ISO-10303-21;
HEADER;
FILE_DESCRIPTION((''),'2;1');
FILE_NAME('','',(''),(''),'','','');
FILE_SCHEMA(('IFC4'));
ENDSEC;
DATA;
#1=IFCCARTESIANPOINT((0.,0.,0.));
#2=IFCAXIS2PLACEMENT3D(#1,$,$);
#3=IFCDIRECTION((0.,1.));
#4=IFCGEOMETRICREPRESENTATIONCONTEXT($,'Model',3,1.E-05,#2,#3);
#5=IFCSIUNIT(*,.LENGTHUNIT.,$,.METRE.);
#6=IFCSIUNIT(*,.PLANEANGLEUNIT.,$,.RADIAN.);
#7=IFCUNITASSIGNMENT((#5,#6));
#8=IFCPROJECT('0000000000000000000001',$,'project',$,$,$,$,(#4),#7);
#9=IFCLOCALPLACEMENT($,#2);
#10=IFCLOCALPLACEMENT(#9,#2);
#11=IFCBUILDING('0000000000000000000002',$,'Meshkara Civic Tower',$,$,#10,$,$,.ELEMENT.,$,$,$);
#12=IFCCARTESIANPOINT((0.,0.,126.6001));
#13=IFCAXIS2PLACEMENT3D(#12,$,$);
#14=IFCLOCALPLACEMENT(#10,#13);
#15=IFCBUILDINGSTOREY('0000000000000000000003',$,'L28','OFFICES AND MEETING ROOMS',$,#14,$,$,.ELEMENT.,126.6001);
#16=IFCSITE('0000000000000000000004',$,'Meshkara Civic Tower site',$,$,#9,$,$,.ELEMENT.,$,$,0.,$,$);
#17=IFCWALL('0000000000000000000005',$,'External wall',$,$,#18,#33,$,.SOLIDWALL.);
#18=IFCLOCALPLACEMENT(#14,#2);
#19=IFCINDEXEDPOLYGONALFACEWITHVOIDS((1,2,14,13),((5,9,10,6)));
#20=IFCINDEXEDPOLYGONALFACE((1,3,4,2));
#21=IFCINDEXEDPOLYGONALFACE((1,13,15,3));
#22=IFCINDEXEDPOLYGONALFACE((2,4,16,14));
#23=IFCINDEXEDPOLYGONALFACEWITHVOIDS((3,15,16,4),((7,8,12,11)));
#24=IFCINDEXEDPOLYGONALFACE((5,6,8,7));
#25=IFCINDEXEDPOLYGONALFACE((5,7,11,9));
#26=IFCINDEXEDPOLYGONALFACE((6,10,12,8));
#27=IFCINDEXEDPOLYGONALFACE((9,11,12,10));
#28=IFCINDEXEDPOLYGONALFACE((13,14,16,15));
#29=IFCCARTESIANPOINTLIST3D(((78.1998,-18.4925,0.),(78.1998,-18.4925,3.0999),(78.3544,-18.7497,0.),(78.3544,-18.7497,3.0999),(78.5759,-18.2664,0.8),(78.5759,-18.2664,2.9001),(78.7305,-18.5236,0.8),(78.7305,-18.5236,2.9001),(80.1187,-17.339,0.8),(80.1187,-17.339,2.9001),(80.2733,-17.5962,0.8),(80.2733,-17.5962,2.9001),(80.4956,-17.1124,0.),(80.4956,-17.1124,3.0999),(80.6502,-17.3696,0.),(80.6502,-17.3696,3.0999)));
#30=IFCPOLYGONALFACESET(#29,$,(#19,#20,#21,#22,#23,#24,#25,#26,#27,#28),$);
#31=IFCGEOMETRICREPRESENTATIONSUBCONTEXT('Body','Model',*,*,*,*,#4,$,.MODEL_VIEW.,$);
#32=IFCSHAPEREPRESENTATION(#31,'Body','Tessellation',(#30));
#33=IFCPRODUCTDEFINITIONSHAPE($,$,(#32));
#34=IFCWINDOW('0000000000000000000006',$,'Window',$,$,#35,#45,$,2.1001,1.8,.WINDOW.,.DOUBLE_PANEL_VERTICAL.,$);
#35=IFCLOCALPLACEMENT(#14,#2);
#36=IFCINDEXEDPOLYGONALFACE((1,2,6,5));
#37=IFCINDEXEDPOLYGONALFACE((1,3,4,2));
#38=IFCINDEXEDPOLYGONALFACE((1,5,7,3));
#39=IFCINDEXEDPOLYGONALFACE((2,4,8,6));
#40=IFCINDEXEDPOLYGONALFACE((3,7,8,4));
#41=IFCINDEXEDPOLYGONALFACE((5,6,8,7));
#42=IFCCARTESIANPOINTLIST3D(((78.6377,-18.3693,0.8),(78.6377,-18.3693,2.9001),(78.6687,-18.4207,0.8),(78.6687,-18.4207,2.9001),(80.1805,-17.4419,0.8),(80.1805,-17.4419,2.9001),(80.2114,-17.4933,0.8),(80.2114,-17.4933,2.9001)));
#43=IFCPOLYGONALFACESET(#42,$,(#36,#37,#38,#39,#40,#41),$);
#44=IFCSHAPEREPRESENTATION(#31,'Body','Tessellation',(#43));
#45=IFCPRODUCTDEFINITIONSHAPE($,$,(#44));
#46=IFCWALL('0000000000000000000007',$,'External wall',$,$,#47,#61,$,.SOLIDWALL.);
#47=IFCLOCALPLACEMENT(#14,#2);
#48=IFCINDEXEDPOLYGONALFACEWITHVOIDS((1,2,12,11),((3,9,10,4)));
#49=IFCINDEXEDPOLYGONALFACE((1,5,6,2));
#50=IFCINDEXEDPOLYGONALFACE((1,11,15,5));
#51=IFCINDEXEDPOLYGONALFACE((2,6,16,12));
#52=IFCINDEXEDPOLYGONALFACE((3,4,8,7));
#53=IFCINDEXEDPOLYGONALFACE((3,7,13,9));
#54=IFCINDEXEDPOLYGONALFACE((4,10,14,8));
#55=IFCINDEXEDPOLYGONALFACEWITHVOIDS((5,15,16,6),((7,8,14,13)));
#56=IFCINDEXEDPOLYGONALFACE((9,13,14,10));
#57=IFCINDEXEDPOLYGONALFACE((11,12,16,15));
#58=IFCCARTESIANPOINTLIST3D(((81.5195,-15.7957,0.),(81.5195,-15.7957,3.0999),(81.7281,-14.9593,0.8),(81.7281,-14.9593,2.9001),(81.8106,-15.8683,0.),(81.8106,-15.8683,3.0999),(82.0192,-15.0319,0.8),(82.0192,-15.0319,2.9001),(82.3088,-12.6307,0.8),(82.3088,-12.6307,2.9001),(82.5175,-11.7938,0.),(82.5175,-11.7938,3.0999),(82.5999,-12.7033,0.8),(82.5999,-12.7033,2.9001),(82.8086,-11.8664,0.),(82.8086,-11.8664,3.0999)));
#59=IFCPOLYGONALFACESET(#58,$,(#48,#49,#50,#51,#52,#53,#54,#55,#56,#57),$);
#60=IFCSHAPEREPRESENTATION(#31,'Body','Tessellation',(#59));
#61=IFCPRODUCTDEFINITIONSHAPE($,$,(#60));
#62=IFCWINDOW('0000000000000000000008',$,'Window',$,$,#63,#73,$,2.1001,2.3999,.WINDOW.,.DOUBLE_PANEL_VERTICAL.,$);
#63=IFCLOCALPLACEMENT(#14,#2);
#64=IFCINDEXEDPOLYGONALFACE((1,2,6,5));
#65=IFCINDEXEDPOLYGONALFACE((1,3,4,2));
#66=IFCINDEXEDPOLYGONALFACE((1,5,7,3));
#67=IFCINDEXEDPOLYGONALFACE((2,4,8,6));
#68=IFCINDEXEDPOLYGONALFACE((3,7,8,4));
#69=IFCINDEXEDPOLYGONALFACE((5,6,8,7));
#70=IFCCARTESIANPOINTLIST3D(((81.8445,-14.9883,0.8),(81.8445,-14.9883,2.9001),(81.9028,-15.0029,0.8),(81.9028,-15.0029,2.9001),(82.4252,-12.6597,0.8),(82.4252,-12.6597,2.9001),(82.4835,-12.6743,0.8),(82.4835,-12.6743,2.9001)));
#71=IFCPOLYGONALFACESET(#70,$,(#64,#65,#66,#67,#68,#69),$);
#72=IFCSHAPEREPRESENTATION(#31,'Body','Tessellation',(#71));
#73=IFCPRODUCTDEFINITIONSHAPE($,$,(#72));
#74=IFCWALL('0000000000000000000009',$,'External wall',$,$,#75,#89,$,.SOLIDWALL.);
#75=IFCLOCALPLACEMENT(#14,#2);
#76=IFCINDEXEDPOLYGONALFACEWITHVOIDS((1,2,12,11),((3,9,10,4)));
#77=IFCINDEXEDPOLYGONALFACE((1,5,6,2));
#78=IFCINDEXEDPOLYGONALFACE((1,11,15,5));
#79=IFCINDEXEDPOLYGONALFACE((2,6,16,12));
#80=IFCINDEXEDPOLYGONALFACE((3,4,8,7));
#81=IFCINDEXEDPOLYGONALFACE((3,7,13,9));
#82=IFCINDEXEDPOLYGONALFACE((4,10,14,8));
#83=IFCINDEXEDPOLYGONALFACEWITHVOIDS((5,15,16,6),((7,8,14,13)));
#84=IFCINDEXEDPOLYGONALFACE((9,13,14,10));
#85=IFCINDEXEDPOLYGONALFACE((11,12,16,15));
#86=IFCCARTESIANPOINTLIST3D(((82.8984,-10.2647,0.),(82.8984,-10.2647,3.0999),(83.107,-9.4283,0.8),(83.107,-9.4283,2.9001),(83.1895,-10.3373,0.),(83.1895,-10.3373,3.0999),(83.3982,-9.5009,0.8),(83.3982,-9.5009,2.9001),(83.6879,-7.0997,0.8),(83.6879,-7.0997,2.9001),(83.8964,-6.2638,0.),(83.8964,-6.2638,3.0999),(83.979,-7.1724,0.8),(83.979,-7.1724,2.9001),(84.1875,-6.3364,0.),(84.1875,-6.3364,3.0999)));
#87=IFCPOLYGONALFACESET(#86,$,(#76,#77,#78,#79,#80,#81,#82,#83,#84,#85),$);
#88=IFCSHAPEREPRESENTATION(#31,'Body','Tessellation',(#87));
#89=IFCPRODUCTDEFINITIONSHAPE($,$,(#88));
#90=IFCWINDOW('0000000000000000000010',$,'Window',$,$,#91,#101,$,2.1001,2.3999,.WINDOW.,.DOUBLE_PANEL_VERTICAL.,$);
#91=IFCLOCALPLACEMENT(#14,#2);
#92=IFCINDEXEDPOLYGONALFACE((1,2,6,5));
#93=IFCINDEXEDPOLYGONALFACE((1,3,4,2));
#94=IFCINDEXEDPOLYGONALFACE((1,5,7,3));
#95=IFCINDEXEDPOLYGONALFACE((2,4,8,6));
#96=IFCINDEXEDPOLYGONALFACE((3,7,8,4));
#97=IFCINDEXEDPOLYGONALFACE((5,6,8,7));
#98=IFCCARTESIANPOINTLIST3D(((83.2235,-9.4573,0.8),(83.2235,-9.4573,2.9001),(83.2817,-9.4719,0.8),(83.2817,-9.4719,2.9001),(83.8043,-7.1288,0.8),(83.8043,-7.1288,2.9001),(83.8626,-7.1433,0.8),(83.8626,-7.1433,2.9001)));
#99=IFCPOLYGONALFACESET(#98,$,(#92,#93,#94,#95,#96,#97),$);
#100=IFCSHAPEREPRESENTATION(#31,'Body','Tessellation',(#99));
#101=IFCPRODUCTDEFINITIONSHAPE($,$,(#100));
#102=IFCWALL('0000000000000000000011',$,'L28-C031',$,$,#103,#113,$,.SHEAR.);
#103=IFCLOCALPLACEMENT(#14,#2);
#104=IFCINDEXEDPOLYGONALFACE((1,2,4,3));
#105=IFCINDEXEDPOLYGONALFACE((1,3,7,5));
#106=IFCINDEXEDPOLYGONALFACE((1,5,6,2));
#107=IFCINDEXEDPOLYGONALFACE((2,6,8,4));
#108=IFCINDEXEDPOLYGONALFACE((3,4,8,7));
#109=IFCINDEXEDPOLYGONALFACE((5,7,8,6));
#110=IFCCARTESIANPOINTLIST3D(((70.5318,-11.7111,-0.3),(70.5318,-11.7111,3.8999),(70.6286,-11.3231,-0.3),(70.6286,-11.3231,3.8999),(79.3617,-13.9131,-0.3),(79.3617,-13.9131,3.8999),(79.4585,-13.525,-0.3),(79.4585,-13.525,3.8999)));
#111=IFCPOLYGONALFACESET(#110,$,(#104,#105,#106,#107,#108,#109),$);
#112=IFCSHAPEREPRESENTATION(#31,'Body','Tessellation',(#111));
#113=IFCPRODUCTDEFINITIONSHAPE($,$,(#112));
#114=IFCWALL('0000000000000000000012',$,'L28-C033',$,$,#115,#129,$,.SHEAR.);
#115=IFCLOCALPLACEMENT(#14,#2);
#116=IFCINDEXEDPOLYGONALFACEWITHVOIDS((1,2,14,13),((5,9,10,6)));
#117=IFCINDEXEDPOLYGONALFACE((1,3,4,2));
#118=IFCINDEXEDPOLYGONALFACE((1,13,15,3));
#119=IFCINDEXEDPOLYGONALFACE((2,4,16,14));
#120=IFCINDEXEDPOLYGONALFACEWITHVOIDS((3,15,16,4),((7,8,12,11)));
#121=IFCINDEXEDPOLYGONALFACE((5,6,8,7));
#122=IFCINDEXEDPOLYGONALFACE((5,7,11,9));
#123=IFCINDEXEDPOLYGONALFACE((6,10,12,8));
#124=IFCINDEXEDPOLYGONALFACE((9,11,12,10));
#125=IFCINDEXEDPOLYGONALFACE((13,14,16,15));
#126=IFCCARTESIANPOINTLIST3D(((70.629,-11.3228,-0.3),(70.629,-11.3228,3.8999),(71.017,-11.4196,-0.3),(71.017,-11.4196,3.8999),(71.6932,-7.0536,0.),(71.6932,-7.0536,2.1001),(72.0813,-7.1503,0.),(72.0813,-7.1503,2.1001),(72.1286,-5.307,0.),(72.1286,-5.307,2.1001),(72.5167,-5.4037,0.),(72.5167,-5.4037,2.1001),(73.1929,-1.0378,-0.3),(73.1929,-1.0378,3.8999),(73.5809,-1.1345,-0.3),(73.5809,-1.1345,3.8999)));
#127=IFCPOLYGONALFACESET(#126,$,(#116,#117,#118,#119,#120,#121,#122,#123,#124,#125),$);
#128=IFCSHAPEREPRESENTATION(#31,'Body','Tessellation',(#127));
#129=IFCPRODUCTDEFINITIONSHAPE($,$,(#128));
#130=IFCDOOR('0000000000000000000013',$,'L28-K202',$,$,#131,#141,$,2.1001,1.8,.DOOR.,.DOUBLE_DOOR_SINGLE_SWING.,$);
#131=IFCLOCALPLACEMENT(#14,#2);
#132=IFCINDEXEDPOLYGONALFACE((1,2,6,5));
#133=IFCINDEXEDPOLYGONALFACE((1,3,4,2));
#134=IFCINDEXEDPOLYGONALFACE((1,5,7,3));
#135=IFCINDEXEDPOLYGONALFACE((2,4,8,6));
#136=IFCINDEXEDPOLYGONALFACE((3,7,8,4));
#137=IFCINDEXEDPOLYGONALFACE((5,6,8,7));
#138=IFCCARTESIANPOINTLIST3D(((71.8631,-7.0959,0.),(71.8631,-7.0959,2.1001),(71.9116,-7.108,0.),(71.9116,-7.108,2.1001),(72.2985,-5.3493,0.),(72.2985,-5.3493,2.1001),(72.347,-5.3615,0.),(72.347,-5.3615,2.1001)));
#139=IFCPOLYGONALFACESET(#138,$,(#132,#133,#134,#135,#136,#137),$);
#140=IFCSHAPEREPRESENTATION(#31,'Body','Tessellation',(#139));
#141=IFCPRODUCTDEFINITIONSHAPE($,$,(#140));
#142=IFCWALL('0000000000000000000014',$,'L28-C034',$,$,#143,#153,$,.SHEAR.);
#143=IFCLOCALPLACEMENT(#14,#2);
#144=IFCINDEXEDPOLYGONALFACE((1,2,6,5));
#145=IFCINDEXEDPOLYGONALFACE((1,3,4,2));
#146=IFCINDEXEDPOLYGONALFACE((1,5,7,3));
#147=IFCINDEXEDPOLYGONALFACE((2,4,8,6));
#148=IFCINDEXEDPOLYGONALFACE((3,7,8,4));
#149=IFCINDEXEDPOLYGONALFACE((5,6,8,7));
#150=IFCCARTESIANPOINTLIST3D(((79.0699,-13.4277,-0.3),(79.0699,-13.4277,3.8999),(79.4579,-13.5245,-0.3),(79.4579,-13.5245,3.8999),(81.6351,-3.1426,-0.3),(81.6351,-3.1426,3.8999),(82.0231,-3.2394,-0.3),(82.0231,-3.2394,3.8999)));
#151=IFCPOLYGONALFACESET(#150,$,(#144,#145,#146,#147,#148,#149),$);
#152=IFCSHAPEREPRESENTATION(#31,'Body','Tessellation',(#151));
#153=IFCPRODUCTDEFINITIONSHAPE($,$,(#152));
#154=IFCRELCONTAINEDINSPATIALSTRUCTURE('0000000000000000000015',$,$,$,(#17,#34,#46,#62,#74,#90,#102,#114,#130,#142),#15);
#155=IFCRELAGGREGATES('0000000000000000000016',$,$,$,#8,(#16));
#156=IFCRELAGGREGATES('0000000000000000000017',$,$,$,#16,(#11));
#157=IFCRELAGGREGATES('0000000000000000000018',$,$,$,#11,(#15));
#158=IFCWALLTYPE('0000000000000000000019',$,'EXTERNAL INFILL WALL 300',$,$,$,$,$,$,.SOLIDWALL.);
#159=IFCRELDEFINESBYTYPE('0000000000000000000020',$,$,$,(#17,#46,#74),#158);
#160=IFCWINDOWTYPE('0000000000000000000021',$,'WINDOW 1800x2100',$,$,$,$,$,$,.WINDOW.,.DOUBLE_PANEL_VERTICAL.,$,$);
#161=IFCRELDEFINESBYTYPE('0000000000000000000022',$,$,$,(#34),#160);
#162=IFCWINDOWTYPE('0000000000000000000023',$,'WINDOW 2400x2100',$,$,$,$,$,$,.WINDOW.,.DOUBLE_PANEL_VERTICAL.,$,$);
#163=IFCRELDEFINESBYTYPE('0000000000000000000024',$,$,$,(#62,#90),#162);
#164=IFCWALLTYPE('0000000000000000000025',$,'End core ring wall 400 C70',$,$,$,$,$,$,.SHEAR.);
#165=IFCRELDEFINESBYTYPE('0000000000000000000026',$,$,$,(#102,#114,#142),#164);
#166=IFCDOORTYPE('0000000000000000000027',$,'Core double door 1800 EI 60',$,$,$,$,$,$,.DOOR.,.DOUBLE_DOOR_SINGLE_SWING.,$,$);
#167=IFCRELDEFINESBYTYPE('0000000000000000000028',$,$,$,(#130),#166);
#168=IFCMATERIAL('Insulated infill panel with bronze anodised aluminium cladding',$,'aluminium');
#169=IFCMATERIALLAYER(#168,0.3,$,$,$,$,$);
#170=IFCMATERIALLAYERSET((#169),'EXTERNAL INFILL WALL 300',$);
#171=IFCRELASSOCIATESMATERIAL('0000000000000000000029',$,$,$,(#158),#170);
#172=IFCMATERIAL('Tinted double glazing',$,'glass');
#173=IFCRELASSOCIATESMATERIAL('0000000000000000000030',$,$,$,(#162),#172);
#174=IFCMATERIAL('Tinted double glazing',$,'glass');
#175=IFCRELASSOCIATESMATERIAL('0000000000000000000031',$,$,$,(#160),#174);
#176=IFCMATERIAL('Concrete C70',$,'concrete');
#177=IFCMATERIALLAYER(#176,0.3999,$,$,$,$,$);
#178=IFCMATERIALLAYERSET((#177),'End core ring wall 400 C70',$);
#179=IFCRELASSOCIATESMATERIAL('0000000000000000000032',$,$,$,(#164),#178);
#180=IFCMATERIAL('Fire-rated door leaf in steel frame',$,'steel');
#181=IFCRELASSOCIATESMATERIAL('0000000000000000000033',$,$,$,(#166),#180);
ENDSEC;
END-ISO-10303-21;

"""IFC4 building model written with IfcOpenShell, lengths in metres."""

from ifc_helpers import new_model, si_unit, direction, frame, frame_2d, origin, place, context, subcontext, project, spatial, rectangle, extrude, material, layer, layer_set, type_object, element, fill, save


model = new_model("IFC4")

# Units and contexts
model_context = context("Model", 3, precision=1e-05, world=origin(), true_north=direction((0.0, 1.0)))
body_context = subcontext(model_context, "Body", "Model", "MODEL_VIEW")
ifc_project = project(units=[si_unit("LENGTHUNIT", "METRE"), si_unit("PLANEANGLEUNIT", "RADIAN")], contexts=[model_context])

# Site, building, storey
site_placement = place(None, origin())
site = spatial("IfcSite", under=ifc_project, at=site_placement, Name="Meshkara Civic Tower site", CompositionType="ELEMENT", RefElevation=0.0)
building_placement = place(site_placement, origin())
building = spatial("IfcBuilding", under=site, at=building_placement, Name="Meshkara Civic Tower", CompositionType="ELEMENT")
storey_placement = place(building_placement, frame((0.0, 0.0, 126.6001)))
storey = spatial("IfcBuildingStorey", under=building, at=storey_placement, Name="L28", Description="OFFICES AND MEETING ROOMS", CompositionType="ELEMENT", Elevation=126.6001)

# Walls, openings, windows
ifc_material_1 = material(Name="Insulated infill panel with bronze anodised aluminium cladding", Category="aluminium")
ifc_layer_1 = layer(ifc_material_1, 0.3)
ifc_layer_set_1 = layer_set([ifc_layer_1], Name="EXTERNAL INFILL WALL 300")
wall_type_1 = type_object("IfcWallType", Name="EXTERNAL INFILL WALL 300", PredefinedType="SOLIDWALL", material=ifc_layer_set_1)
ifc_material_2 = material(Name="Tinted double glazing", Category="glass")
window_type_1 = type_object("IfcWindowType", Name="WINDOW 2400x2100", PartitioningType="DOUBLE_PANEL_VERTICAL", PredefinedType="WINDOW", material=ifc_material_2)
wall_1_placement = place(storey_placement, frame((78.2771, -18.6211, 0.0), z_axis=(0.0, 0.0, 1.0), x_axis=(0.857066, 0.515206, 0.0)))
wall_1 = element("IfcWall", 1, at=wall_1_placement, inside=storey, type_object=wall_type_1, Name="External wall", PredefinedType="SOLIDWALL", context=body_context, shape_type="SweptSolid", body=[
    extrude(rectangle(XDim=2.6787, YDim=0.3, at=frame_2d((1.3394, 0.0))), origin(), (0.0, 0.0, 1.0), 3.0999),
])
opening_1_placement = place(wall_1_placement, frame((0.439, 0.0, 0.8)))
opening_1 = element("IfcOpeningElement", 2, at=opening_1_placement, cuts=wall_1, PredefinedType="OPENING", context=body_context, shape_type="SweptSolid", body=[
    extrude(rectangle(XDim=1.8, YDim=2.1001, at=frame_2d((0.8999, 1.05))), frame((0.0, 0.1599, 0.0), z_axis=(0.0, -1.0, 0.0), x_axis=(1.0, 0.0, 0.0)), (0.0, 0.0, 1.0), 0.3201),
])
ifc_material_3 = material(Name="Tinted double glazing", Category="glass")
window_type_2 = type_object("IfcWindowType", Name="WINDOW 1800x2100", PartitioningType="DOUBLE_PANEL_VERTICAL", PredefinedType="WINDOW", material=ifc_material_3)
window_1_placement = place(opening_1_placement, origin())
window_1 = element("IfcWindow", 3, at=window_1_placement, inside=storey, type_object=window_type_2, Name="Window", OverallHeight=2.1001, OverallWidth=1.8, PartitioningType="DOUBLE_PANEL_VERTICAL", PredefinedType="WINDOW", context=body_context, shape_type="SweptSolid", body=[
    extrude(rectangle(XDim=1.8, YDim=2.1001, at=frame_2d((0.8999, 1.05))), frame((0.0, 0.03, 0.0), z_axis=(0.0, -1.0, 0.0), x_axis=(1.0, 0.0, 0.0)), (0.0, 0.0, 1.0), 0.0601),
])
fill(opening_1, window_1)
wall_2_placement = place(storey_placement, frame((81.665, -15.832, 0.0), z_axis=(0.0, 0.0, 1.0), x_axis=(0.241978, 0.970282, 0.0)))
wall_2 = element("IfcWall", 4, at=wall_2_placement, inside=storey, type_object=wall_type_1, Name="External wall", PredefinedType="SOLIDWALL", context=body_context, shape_type="SweptSolid", body=[
    extrude(rectangle(XDim=4.1245, YDim=0.3, at=frame_2d((2.0623, 0.0))), origin(), (0.0, 0.0, 1.0), 3.0999),
])
opening_2_placement = place(wall_2_placement, frame((0.8621, 0.0, 0.8)))
opening_2 = element("IfcOpeningElement", 5, at=opening_2_placement, cuts=wall_2, PredefinedType="OPENING", context=body_context, shape_type="SweptSolid", body=[
    extrude(rectangle(XDim=2.3999, YDim=2.1001, at=frame_2d((1.2, 1.05))), frame((0.0, 0.1599, 0.0), z_axis=(0.0, -1.0, 0.0), x_axis=(1.0, 0.0, 0.0)), (0.0, 0.0, 1.0), 0.3201),
])
window_2_placement = place(opening_2_placement, origin())
window_2 = element("IfcWindow", 6, at=window_2_placement, inside=storey, type_object=window_type_1, Name="Window", OverallHeight=2.1001, OverallWidth=2.3999, PartitioningType="DOUBLE_PANEL_VERTICAL", PredefinedType="WINDOW", context=body_context, shape_type="SweptSolid", body=[
    extrude(rectangle(XDim=2.3999, YDim=2.1001, at=frame_2d((1.2, 1.05))), frame((0.0, 0.03, 0.0), z_axis=(0.0, -1.0, 0.0), x_axis=(1.0, 0.0, 0.0)), (0.0, 0.0, 1.0), 0.0601),
])
fill(opening_2, window_2)
wall_3_placement = place(storey_placement, frame((83.0439, -10.301, 0.0), z_axis=(0.0, 0.0, 1.0), x_axis=(0.242034, 0.970268, 0.0)))
wall_3 = element("IfcWall", 7, at=wall_3_placement, inside=storey, type_object=wall_type_1, Name="External wall", PredefinedType="SOLIDWALL", context=body_context, shape_type="SweptSolid", body=[
    extrude(rectangle(XDim=4.1235, YDim=0.3, at=frame_2d((2.0618, 0.0))), origin(), (0.0, 0.0, 1.0), 3.0999),
])
opening_3_placement = place(wall_3_placement, frame((0.8621, 0.0, 0.8)))
opening_3 = element("IfcOpeningElement", 8, at=opening_3_placement, cuts=wall_3, PredefinedType="OPENING", context=body_context, shape_type="SweptSolid", body=[
    extrude(rectangle(XDim=2.3999, YDim=2.1001, at=frame_2d((1.2, 1.05))), frame((0.0, 0.1599, 0.0), z_axis=(0.0, -1.0, 0.0), x_axis=(1.0, 0.0, 0.0)), (0.0, 0.0, 1.0), 0.3201),
])
window_3_placement = place(opening_3_placement, origin())
window_3 = element("IfcWindow", 9, at=window_3_placement, inside=storey, type_object=window_type_1, Name="Window", OverallHeight=2.1001, OverallWidth=2.3999, PartitioningType="DOUBLE_PANEL_VERTICAL", PredefinedType="WINDOW", context=body_context, shape_type="SweptSolid", body=[
    extrude(rectangle(XDim=2.3999, YDim=2.1001, at=frame_2d((1.2, 1.05))), frame((0.0, 0.03, 0.0), z_axis=(0.0, -1.0, 0.0), x_axis=(1.0, 0.0, 0.0)), (0.0, 0.0, 1.0), 0.0601),
])
fill(opening_3, window_3)

# Wall
ifc_material_4 = material(Name="Concrete C70", Category="concrete")
ifc_layer_2 = layer(ifc_material_4, 0.3999)
ifc_layer_set_2 = layer_set([ifc_layer_2], Name="End core ring wall 400 C70")
wall_type_2 = type_object("IfcWallType", Name="End core ring wall 400 C70", PredefinedType="SHEAR", material=ifc_layer_set_2)
wall_4_placement = place(storey_placement, frame((70.5801, -11.5171, -0.3), z_axis=(0.0, 0.0, 1.0), x_axis=(0.970286, -0.241961, 0.0)))
element("IfcWall", 10, at=wall_4_placement, inside=storey, type_object=wall_type_2, Name="L28-C031", PredefinedType="SHEAR", context=body_context, shape_type="SweptSolid", body=[
    extrude(rectangle(XDim=9.1003, YDim=0.3999, at=frame_2d((4.5503, 0.0))), origin(), (0.0, 0.0, 1.0), 4.2),
])

# Wall, opening, door
wall_5_placement = place(storey_placement, frame((70.823, -11.3711, -0.3), z_axis=(0.0, 0.0, 1.0), x_axis=(0.241885, 0.970305, 0.0)))
wall_5 = element("IfcWall", 11, at=wall_5_placement, inside=storey, type_object=wall_type_2, Name="L28-C033", PredefinedType="SHEAR", context=body_context, shape_type="SweptSolid", body=[
    extrude(rectangle(XDim=10.5999, YDim=0.3999, at=frame_2d((5.2998, 0.0))), origin(), (0.0, 0.0, 1.0), 4.2),
])
opening_4_placement = place(wall_5_placement, frame((4.3999, 0.0, 0.3)))
opening_4 = element("IfcOpeningElement", 12, at=opening_4_placement, cuts=wall_5, PredefinedType="OPENING", context=body_context, shape_type="SweptSolid", body=[
    extrude(rectangle(XDim=1.8, YDim=2.1001, at=frame_2d((0.8999, 1.05))), frame((0.0, 0.21, 0.0), z_axis=(0.0, -1.0, 0.0), x_axis=(1.0, 0.0, 0.0)), (0.0, 0.0, 1.0), 0.4199),
])
ifc_material_5 = material(Name="Fire-rated door leaf in steel frame", Category="steel")
door_type_1 = type_object("IfcDoorType", Name="Core double door 1800 EI 60", OperationType="DOUBLE_DOOR_SINGLE_SWING", PredefinedType="DOOR", material=ifc_material_5)
door_1_placement = place(opening_4_placement, origin())
door_1 = element("IfcDoor", 13, at=door_1_placement, inside=storey, type_object=door_type_1, Name="L28-K202", OperationType="DOUBLE_DOOR_SINGLE_SWING", OverallHeight=2.1001, OverallWidth=1.8, PredefinedType="DOOR", context=body_context, shape_type="SweptSolid", body=[
    extrude(rectangle(XDim=1.8, YDim=2.1001, at=frame_2d((0.8999, 1.05))), frame((0.0, 0.0249, 0.0), z_axis=(0.0, -1.0, 0.0), x_axis=(1.0, 0.0, 0.0)), (0.0, 0.0, 1.0), 0.05),
])
fill(opening_4, door_1)

# Wall
wall_6_placement = place(storey_placement, frame((79.2639, -13.4761, -0.3), z_axis=(0.0, 0.0, 1.0), x_axis=(0.241994, 0.970278, 0.0)))
element("IfcWall", 14, at=wall_6_placement, inside=storey, type_object=wall_type_2, Name="L28-C034", PredefinedType="SHEAR", context=body_context, shape_type="SweptSolid", body=[
    extrude(rectangle(XDim=10.6001, YDim=0.3999, at=frame_2d((5.3, 0.0))), origin(), (0.0, 0.0, 1.0), 4.2),
])

save(model, "model.ifc")
